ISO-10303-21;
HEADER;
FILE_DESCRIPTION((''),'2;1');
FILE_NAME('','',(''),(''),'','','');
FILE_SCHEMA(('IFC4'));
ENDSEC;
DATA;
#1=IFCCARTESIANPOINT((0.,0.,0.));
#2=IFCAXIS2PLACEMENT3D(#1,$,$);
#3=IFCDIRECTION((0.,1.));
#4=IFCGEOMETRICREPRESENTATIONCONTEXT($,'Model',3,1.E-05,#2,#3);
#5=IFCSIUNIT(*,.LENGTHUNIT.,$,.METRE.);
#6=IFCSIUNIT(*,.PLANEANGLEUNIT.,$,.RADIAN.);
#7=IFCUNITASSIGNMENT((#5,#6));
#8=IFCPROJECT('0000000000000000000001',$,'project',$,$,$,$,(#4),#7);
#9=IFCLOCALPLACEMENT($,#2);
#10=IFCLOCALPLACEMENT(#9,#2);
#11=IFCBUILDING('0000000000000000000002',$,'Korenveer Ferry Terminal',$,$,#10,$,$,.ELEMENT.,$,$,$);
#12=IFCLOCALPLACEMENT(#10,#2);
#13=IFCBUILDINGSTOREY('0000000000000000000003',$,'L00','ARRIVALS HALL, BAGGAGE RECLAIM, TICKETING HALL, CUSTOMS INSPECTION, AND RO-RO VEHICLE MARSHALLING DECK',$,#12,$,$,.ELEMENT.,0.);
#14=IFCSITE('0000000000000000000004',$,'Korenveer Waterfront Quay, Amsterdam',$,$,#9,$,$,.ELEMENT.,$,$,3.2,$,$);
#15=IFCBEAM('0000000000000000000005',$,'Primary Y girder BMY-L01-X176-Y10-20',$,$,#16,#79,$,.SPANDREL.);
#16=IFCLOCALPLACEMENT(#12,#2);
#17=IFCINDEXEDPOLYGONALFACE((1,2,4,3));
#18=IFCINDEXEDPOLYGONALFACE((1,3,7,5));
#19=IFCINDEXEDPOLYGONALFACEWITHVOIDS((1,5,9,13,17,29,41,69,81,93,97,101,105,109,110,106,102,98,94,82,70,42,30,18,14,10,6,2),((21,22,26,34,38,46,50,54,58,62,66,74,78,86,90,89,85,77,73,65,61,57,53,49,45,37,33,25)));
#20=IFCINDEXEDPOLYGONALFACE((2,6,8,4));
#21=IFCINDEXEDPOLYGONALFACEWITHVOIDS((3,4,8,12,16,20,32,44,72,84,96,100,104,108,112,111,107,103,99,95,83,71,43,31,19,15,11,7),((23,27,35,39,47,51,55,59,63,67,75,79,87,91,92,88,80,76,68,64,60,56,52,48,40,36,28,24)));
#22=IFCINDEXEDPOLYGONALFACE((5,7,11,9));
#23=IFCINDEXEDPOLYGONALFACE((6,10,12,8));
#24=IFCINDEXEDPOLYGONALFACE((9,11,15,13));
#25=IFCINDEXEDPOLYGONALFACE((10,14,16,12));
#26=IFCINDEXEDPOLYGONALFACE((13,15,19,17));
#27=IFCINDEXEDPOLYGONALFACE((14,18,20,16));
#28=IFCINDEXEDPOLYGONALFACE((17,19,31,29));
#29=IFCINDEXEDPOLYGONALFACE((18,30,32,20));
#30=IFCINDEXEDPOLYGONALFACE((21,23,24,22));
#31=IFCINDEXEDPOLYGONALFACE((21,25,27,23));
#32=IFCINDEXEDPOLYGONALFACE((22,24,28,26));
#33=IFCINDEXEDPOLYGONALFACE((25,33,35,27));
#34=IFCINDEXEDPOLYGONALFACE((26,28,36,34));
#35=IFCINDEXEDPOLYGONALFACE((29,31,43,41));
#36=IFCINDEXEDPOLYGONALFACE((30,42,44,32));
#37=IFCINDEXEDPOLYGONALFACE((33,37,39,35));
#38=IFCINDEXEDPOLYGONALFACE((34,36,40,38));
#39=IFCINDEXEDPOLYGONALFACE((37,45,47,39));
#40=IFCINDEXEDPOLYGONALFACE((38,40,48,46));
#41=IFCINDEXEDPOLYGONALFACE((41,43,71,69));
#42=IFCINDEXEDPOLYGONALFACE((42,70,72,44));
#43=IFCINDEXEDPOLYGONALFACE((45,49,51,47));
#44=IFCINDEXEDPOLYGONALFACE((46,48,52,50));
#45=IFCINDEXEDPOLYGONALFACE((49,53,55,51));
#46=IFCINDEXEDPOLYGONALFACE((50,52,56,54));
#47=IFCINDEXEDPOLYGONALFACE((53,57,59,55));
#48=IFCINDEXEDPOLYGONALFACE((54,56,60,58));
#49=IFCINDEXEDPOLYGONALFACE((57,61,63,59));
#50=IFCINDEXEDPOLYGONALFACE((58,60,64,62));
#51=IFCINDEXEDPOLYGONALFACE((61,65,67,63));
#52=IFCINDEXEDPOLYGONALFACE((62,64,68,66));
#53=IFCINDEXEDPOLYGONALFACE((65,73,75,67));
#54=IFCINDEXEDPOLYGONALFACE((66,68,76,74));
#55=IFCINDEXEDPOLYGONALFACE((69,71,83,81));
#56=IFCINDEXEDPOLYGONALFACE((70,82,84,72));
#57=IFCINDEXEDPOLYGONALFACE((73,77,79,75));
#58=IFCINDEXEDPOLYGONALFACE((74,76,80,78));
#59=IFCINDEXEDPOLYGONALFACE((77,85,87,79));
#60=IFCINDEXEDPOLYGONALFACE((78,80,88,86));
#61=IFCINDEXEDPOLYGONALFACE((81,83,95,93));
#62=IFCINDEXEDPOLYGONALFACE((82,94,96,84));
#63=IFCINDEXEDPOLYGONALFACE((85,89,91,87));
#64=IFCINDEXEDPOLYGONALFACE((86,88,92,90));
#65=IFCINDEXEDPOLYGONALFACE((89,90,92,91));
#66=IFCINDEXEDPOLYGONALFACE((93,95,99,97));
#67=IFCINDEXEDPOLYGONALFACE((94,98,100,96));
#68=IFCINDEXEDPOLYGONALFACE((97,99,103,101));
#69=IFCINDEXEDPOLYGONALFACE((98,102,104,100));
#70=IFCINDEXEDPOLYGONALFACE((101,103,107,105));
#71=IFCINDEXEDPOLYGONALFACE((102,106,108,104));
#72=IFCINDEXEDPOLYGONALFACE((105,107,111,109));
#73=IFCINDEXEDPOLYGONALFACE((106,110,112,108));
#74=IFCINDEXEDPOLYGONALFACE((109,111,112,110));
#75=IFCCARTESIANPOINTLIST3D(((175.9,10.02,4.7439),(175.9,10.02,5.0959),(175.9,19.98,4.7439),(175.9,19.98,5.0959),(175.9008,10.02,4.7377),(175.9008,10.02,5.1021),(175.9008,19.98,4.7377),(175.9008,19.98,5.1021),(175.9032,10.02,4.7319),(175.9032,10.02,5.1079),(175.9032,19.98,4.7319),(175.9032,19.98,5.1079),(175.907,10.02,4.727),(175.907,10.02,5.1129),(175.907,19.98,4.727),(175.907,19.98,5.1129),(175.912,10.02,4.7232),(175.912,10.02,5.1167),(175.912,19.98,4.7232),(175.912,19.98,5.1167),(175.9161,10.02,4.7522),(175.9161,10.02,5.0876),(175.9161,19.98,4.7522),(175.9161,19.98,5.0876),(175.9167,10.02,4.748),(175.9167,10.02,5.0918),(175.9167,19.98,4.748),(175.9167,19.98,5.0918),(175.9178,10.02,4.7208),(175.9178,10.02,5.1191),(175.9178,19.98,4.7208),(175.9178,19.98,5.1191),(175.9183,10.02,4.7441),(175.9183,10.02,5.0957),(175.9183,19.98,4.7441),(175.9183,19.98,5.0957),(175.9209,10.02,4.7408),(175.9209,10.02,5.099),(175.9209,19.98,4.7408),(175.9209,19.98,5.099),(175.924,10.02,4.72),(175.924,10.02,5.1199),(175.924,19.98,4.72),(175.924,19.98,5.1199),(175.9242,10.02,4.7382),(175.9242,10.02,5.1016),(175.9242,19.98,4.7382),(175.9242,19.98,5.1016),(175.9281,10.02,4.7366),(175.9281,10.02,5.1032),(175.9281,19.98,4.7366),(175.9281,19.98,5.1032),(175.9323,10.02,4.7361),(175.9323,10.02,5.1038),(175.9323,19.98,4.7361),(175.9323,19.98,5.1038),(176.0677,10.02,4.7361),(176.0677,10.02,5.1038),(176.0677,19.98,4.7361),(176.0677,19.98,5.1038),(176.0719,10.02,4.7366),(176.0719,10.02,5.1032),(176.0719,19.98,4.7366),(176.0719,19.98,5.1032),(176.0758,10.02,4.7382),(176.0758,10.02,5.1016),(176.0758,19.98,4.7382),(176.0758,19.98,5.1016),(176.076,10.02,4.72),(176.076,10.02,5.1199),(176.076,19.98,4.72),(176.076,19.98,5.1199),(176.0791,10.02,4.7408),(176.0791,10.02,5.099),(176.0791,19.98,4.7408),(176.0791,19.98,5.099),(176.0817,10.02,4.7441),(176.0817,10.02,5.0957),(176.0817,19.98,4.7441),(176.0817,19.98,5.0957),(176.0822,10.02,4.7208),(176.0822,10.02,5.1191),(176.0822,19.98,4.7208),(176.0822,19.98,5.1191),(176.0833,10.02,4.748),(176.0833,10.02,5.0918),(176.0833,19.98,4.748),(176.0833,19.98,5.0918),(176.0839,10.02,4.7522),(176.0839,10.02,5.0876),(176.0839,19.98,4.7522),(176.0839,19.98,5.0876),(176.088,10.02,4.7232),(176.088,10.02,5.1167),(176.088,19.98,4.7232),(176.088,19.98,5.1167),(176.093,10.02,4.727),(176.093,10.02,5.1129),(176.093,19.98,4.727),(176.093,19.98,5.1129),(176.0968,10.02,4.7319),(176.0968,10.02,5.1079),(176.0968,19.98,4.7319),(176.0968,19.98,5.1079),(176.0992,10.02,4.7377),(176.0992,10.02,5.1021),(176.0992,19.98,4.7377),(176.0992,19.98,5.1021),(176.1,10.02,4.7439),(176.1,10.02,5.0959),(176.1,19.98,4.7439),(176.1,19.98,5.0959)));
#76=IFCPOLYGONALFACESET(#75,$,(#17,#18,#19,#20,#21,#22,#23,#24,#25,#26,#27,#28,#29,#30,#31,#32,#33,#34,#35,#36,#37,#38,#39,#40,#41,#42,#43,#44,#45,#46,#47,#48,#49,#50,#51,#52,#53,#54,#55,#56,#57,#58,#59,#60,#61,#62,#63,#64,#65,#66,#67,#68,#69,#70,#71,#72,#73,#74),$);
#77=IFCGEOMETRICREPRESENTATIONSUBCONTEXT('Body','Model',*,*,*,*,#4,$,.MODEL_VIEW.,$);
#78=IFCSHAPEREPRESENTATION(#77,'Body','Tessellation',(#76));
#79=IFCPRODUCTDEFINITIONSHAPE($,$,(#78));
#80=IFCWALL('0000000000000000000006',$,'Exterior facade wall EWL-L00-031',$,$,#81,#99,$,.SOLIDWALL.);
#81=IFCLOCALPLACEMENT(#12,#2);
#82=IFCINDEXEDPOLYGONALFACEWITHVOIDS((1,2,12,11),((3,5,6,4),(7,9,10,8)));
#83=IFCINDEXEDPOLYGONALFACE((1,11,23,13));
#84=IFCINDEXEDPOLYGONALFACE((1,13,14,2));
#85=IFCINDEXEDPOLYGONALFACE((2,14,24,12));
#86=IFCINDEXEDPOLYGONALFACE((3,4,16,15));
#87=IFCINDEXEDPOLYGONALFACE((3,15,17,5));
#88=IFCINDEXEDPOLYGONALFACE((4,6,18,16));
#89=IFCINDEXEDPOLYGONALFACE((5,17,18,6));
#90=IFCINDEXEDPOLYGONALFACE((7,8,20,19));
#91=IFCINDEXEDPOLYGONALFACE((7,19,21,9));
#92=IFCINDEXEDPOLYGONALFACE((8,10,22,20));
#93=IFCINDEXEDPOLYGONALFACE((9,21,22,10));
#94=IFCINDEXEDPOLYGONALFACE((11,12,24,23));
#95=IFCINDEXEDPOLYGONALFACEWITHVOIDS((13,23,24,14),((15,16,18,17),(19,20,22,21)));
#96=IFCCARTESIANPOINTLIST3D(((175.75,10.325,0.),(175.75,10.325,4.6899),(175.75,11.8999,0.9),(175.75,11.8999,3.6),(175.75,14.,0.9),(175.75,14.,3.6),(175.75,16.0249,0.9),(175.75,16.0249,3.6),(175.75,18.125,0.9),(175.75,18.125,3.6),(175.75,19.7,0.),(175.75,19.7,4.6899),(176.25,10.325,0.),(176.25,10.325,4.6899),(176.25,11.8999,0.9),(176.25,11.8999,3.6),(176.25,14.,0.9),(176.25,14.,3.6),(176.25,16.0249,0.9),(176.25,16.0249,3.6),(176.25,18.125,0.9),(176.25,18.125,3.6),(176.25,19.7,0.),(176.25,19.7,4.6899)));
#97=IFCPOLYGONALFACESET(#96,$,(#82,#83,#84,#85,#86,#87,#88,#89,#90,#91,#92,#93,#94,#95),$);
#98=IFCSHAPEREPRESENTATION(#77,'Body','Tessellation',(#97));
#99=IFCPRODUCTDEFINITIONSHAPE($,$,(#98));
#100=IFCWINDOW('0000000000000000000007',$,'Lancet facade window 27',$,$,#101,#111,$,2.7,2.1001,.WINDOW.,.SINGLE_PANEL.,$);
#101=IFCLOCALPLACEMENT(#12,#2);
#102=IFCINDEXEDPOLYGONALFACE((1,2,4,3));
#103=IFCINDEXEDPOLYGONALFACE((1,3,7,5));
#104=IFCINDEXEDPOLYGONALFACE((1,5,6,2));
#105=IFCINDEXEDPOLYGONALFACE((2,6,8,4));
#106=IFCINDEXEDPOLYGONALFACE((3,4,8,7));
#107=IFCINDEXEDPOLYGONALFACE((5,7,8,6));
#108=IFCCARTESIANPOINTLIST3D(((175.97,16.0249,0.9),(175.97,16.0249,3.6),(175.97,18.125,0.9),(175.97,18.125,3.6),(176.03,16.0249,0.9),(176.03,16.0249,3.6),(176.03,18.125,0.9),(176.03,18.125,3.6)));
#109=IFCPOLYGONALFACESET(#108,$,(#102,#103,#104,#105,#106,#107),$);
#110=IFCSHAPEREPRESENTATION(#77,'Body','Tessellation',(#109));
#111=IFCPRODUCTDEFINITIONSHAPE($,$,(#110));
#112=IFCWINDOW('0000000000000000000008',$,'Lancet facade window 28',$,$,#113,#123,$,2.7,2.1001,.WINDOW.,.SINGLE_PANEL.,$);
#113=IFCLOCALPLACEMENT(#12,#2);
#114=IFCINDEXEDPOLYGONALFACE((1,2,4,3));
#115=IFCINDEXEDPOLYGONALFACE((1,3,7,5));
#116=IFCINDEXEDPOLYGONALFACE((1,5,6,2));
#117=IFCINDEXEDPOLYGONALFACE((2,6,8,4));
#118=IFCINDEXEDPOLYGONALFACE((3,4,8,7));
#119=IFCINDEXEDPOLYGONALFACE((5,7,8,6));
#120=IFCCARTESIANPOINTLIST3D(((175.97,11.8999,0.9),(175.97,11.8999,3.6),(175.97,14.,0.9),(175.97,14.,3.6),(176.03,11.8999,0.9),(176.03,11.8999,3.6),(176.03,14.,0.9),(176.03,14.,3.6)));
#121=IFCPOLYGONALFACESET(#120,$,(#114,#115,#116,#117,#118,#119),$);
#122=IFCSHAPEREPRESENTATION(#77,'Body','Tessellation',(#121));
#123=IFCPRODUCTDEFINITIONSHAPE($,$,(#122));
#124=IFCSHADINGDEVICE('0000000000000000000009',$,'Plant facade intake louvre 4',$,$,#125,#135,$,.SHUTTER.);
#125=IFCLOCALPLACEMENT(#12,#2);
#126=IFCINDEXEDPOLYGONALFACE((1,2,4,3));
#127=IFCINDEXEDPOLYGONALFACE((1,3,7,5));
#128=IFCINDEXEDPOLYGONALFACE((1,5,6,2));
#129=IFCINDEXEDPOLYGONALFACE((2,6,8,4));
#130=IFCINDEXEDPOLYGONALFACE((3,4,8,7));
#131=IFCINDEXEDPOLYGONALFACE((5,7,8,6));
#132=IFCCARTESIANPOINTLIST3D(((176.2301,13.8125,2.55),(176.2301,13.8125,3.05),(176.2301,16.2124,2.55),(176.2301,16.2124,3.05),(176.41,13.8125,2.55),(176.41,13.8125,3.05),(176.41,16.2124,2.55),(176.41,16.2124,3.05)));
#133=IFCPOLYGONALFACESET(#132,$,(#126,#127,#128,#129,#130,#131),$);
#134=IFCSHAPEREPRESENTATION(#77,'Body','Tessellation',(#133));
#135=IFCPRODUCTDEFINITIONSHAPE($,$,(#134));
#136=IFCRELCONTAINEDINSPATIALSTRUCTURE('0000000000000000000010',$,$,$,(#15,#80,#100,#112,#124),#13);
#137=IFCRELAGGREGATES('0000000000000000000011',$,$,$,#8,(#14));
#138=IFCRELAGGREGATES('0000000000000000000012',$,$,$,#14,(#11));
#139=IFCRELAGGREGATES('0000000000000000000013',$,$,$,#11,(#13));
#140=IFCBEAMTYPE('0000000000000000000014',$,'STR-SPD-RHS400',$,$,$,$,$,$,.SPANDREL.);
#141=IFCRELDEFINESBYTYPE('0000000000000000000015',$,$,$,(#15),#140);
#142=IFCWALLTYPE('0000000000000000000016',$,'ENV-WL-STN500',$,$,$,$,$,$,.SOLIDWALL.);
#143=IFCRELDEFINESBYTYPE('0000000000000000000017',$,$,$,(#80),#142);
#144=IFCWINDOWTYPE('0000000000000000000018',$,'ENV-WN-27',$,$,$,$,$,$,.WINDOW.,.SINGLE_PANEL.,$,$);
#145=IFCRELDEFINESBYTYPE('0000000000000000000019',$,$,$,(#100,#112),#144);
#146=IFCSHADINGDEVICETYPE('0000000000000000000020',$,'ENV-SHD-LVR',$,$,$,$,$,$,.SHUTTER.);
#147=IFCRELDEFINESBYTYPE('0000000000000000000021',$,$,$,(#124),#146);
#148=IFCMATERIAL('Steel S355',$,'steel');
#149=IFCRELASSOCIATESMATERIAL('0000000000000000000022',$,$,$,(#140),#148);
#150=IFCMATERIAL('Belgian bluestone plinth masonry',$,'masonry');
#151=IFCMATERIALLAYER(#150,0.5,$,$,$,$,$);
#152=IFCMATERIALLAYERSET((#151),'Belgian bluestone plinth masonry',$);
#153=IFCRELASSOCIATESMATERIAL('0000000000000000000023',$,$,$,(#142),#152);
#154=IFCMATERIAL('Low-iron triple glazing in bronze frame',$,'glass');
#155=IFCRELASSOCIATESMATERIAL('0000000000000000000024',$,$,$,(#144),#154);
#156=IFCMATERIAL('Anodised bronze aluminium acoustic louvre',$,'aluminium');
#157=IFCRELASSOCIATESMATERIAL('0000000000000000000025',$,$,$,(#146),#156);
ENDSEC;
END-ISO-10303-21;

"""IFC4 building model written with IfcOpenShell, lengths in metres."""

from ifc_helpers import new_model, si_unit, direction, frame, frame_2d, origin, origin_2d, place, context, subcontext, project, spatial, rectangle, hollow_rectangle, extrude, material, layer, layer_set, material_profile, profile_set, type_object, element, fill, save


model = new_model("IFC4")

# Units and contexts
model_context = context("Model", 3, precision=1e-05, world=origin(), true_north=direction((0.0, 1.0)))
body_context = subcontext(model_context, "Body", "Model", "MODEL_VIEW")
ifc_project = project(units=[si_unit("LENGTHUNIT", "METRE"), si_unit("PLANEANGLEUNIT", "RADIAN")], contexts=[model_context])

# Site, building, storey
site_placement = place(None, origin())
site = spatial("IfcSite", under=ifc_project, at=site_placement, Name="Korenveer Waterfront Quay, Amsterdam", CompositionType="ELEMENT", RefElevation=3.2)
building_placement = place(site_placement, origin())
building = spatial("IfcBuilding", under=site, at=building_placement, Name="Korenveer Ferry Terminal", CompositionType="ELEMENT")
storey_placement = place(building_placement, origin())
storey = spatial("IfcBuildingStorey", under=building, at=storey_placement, Name="L00", Description="ARRIVALS HALL, BAGGAGE RECLAIM, TICKETING HALL, CUSTOMS INSPECTION, AND RO-RO VEHICLE MARSHALLING DECK", CompositionType="ELEMENT", Elevation=0.0)

# Beam
ifc_material_1 = material(Name="Steel S355", Category="steel")
ifc_material_profile_1 = material_profile(ifc_material_1, hollow_rectangle(XDim=0.2, YDim=0.3999, WallThickness=0.0161, InnerFilletRadius=0.0161, OuterFilletRadius=0.0239, at=origin_2d()), Name="RHS 400x200x16")
ifc_profile_set_1 = profile_set([ifc_material_profile_1], Name="Steel S355")
beam_type_1 = type_object("IfcBeamType", Name="STR-SPD-RHS400", PredefinedType="SPANDREL", material=ifc_profile_set_1)
beam_1_placement = place(storey_placement, frame((176.0, 10.02, 4.9199), z_axis=(0.0, 1.0, 0.0), x_axis=(-1.0, 0.0, 0.0)))
element("IfcBeam", 1, at=beam_1_placement, inside=storey, type_object=beam_type_1, Name="Primary Y girder BMY-L01-X176-Y10-20", PredefinedType="SPANDREL", context=body_context, shape_type="SweptSolid", body=[
    extrude(hollow_rectangle(XDim=0.2, YDim=0.3999, WallThickness=0.0161, InnerFilletRadius=0.0161, OuterFilletRadius=0.0239, at=origin_2d()), origin(), (0.0, 0.0, 1.0), 9.96),
])

# Wall, openings, windows
ifc_material_2 = material(Name="Belgian bluestone plinth masonry", Category="masonry")
ifc_layer = layer(ifc_material_2, 0.5)
ifc_layer_set = layer_set([ifc_layer], Name="Belgian bluestone plinth masonry")
wall_type = type_object("IfcWallType", Name="ENV-WL-STN500", PredefinedType="SOLIDWALL", material=ifc_layer_set)
wall_placement = place(storey_placement, frame((176.0, 19.7, 0.0), z_axis=(0.0, 0.0, 1.0), x_axis=(0.0, -1.0, 0.0)))
wall = element("IfcWall", 2, at=wall_placement, inside=storey, type_object=wall_type, Name="Exterior facade wall EWL-L00-031", PredefinedType="SOLIDWALL", context=body_context, shape_type="SweptSolid", body=[
    extrude(rectangle(XDim=9.375, YDim=0.5, at=frame_2d((4.6875, 0.0))), origin(), (0.0, 0.0, 1.0), 4.6899),
])
opening_1_placement = place(wall_placement, frame((1.575, 0.0, 0.8999)))
opening_1 = element("IfcOpeningElement", 3, at=opening_1_placement, cuts=wall, PredefinedType="OPENING", context=body_context, shape_type="SweptSolid", body=[
    extrude(rectangle(XDim=2.1001, YDim=2.7, at=frame_2d((1.05, 1.3501))), frame((0.0, 0.26, 0.0), z_axis=(0.0, -1.0, 0.0), x_axis=(1.0, 0.0, 0.0)), (0.0, 0.0, 1.0), 0.52),
])
opening_2_placement = place(wall_placement, frame((5.7, 0.0, 0.8999)))
opening_2 = element("IfcOpeningElement", 4, at=opening_2_placement, cuts=wall, PredefinedType="OPENING", context=body_context, shape_type="SweptSolid", body=[
    extrude(rectangle(XDim=2.1001, YDim=2.7, at=frame_2d((1.05, 1.3501))), frame((0.0, 0.26, 0.0), z_axis=(0.0, -1.0, 0.0), x_axis=(1.0, 0.0, 0.0)), (0.0, 0.0, 1.0), 0.52),
])
ifc_material_3 = material(Name="Low-iron triple glazing in bronze frame", Category="glass")
window_type = type_object("IfcWindowType", Name="ENV-WN-27", PartitioningType="SINGLE_PANEL", PredefinedType="WINDOW", material=ifc_material_3)
window_1_placement = place(opening_1_placement, origin())
window_1 = element("IfcWindow", 5, at=window_1_placement, inside=storey, type_object=window_type, Name="Lancet facade window 27", OverallHeight=2.7, OverallWidth=2.1001, PartitioningType="SINGLE_PANEL", PredefinedType="WINDOW", context=body_context, shape_type="SweptSolid", body=[
    extrude(rectangle(XDim=2.1001, YDim=2.7, at=frame_2d((1.05, 1.3501))), frame((0.0, 0.03, 0.0), z_axis=(0.0, -1.0, 0.0), x_axis=(1.0, 0.0, 0.0)), (0.0, 0.0, 1.0), 0.0601),
])
fill(opening_1, window_1)
window_2_placement = place(opening_2_placement, origin())
window_2 = element("IfcWindow", 6, at=window_2_placement, inside=storey, type_object=window_type, Name="Lancet facade window 28", OverallHeight=2.7, OverallWidth=2.1001, PartitioningType="SINGLE_PANEL", PredefinedType="WINDOW", context=body_context, shape_type="SweptSolid", body=[
    extrude(rectangle(XDim=2.1001, YDim=2.7, at=frame_2d((1.05, 1.3501))), frame((0.0, 0.03, 0.0), z_axis=(0.0, -1.0, 0.0), x_axis=(1.0, 0.0, 0.0)), (0.0, 0.0, 1.0), 0.0601),
])
fill(opening_2, window_2)

# Shading device
ifc_material_4 = material(Name="Anodised bronze aluminium acoustic louvre", Category="aluminium")
shading_device_type = type_object("IfcShadingDeviceType", Name="ENV-SHD-LVR", PredefinedType="SHUTTER", material=ifc_material_4)
shading_device_placement = place(storey_placement, frame((176.3201, 15.0125, 2.55), z_axis=(0.0, 0.0, 1.0), x_axis=(0.0, 1.0, 0.0)))
element("IfcShadingDevice", 7, at=shading_device_placement, inside=storey, type_object=shading_device_type, Name="Plant facade intake louvre 4", PredefinedType="SHUTTER", context=body_context, shape_type="SweptSolid", body=[
    extrude(rectangle(XDim=2.3999, YDim=0.1799, at=origin_2d()), origin(), (0.0, 0.0, 1.0), 0.5),
])

save(model, "model.ifc")
